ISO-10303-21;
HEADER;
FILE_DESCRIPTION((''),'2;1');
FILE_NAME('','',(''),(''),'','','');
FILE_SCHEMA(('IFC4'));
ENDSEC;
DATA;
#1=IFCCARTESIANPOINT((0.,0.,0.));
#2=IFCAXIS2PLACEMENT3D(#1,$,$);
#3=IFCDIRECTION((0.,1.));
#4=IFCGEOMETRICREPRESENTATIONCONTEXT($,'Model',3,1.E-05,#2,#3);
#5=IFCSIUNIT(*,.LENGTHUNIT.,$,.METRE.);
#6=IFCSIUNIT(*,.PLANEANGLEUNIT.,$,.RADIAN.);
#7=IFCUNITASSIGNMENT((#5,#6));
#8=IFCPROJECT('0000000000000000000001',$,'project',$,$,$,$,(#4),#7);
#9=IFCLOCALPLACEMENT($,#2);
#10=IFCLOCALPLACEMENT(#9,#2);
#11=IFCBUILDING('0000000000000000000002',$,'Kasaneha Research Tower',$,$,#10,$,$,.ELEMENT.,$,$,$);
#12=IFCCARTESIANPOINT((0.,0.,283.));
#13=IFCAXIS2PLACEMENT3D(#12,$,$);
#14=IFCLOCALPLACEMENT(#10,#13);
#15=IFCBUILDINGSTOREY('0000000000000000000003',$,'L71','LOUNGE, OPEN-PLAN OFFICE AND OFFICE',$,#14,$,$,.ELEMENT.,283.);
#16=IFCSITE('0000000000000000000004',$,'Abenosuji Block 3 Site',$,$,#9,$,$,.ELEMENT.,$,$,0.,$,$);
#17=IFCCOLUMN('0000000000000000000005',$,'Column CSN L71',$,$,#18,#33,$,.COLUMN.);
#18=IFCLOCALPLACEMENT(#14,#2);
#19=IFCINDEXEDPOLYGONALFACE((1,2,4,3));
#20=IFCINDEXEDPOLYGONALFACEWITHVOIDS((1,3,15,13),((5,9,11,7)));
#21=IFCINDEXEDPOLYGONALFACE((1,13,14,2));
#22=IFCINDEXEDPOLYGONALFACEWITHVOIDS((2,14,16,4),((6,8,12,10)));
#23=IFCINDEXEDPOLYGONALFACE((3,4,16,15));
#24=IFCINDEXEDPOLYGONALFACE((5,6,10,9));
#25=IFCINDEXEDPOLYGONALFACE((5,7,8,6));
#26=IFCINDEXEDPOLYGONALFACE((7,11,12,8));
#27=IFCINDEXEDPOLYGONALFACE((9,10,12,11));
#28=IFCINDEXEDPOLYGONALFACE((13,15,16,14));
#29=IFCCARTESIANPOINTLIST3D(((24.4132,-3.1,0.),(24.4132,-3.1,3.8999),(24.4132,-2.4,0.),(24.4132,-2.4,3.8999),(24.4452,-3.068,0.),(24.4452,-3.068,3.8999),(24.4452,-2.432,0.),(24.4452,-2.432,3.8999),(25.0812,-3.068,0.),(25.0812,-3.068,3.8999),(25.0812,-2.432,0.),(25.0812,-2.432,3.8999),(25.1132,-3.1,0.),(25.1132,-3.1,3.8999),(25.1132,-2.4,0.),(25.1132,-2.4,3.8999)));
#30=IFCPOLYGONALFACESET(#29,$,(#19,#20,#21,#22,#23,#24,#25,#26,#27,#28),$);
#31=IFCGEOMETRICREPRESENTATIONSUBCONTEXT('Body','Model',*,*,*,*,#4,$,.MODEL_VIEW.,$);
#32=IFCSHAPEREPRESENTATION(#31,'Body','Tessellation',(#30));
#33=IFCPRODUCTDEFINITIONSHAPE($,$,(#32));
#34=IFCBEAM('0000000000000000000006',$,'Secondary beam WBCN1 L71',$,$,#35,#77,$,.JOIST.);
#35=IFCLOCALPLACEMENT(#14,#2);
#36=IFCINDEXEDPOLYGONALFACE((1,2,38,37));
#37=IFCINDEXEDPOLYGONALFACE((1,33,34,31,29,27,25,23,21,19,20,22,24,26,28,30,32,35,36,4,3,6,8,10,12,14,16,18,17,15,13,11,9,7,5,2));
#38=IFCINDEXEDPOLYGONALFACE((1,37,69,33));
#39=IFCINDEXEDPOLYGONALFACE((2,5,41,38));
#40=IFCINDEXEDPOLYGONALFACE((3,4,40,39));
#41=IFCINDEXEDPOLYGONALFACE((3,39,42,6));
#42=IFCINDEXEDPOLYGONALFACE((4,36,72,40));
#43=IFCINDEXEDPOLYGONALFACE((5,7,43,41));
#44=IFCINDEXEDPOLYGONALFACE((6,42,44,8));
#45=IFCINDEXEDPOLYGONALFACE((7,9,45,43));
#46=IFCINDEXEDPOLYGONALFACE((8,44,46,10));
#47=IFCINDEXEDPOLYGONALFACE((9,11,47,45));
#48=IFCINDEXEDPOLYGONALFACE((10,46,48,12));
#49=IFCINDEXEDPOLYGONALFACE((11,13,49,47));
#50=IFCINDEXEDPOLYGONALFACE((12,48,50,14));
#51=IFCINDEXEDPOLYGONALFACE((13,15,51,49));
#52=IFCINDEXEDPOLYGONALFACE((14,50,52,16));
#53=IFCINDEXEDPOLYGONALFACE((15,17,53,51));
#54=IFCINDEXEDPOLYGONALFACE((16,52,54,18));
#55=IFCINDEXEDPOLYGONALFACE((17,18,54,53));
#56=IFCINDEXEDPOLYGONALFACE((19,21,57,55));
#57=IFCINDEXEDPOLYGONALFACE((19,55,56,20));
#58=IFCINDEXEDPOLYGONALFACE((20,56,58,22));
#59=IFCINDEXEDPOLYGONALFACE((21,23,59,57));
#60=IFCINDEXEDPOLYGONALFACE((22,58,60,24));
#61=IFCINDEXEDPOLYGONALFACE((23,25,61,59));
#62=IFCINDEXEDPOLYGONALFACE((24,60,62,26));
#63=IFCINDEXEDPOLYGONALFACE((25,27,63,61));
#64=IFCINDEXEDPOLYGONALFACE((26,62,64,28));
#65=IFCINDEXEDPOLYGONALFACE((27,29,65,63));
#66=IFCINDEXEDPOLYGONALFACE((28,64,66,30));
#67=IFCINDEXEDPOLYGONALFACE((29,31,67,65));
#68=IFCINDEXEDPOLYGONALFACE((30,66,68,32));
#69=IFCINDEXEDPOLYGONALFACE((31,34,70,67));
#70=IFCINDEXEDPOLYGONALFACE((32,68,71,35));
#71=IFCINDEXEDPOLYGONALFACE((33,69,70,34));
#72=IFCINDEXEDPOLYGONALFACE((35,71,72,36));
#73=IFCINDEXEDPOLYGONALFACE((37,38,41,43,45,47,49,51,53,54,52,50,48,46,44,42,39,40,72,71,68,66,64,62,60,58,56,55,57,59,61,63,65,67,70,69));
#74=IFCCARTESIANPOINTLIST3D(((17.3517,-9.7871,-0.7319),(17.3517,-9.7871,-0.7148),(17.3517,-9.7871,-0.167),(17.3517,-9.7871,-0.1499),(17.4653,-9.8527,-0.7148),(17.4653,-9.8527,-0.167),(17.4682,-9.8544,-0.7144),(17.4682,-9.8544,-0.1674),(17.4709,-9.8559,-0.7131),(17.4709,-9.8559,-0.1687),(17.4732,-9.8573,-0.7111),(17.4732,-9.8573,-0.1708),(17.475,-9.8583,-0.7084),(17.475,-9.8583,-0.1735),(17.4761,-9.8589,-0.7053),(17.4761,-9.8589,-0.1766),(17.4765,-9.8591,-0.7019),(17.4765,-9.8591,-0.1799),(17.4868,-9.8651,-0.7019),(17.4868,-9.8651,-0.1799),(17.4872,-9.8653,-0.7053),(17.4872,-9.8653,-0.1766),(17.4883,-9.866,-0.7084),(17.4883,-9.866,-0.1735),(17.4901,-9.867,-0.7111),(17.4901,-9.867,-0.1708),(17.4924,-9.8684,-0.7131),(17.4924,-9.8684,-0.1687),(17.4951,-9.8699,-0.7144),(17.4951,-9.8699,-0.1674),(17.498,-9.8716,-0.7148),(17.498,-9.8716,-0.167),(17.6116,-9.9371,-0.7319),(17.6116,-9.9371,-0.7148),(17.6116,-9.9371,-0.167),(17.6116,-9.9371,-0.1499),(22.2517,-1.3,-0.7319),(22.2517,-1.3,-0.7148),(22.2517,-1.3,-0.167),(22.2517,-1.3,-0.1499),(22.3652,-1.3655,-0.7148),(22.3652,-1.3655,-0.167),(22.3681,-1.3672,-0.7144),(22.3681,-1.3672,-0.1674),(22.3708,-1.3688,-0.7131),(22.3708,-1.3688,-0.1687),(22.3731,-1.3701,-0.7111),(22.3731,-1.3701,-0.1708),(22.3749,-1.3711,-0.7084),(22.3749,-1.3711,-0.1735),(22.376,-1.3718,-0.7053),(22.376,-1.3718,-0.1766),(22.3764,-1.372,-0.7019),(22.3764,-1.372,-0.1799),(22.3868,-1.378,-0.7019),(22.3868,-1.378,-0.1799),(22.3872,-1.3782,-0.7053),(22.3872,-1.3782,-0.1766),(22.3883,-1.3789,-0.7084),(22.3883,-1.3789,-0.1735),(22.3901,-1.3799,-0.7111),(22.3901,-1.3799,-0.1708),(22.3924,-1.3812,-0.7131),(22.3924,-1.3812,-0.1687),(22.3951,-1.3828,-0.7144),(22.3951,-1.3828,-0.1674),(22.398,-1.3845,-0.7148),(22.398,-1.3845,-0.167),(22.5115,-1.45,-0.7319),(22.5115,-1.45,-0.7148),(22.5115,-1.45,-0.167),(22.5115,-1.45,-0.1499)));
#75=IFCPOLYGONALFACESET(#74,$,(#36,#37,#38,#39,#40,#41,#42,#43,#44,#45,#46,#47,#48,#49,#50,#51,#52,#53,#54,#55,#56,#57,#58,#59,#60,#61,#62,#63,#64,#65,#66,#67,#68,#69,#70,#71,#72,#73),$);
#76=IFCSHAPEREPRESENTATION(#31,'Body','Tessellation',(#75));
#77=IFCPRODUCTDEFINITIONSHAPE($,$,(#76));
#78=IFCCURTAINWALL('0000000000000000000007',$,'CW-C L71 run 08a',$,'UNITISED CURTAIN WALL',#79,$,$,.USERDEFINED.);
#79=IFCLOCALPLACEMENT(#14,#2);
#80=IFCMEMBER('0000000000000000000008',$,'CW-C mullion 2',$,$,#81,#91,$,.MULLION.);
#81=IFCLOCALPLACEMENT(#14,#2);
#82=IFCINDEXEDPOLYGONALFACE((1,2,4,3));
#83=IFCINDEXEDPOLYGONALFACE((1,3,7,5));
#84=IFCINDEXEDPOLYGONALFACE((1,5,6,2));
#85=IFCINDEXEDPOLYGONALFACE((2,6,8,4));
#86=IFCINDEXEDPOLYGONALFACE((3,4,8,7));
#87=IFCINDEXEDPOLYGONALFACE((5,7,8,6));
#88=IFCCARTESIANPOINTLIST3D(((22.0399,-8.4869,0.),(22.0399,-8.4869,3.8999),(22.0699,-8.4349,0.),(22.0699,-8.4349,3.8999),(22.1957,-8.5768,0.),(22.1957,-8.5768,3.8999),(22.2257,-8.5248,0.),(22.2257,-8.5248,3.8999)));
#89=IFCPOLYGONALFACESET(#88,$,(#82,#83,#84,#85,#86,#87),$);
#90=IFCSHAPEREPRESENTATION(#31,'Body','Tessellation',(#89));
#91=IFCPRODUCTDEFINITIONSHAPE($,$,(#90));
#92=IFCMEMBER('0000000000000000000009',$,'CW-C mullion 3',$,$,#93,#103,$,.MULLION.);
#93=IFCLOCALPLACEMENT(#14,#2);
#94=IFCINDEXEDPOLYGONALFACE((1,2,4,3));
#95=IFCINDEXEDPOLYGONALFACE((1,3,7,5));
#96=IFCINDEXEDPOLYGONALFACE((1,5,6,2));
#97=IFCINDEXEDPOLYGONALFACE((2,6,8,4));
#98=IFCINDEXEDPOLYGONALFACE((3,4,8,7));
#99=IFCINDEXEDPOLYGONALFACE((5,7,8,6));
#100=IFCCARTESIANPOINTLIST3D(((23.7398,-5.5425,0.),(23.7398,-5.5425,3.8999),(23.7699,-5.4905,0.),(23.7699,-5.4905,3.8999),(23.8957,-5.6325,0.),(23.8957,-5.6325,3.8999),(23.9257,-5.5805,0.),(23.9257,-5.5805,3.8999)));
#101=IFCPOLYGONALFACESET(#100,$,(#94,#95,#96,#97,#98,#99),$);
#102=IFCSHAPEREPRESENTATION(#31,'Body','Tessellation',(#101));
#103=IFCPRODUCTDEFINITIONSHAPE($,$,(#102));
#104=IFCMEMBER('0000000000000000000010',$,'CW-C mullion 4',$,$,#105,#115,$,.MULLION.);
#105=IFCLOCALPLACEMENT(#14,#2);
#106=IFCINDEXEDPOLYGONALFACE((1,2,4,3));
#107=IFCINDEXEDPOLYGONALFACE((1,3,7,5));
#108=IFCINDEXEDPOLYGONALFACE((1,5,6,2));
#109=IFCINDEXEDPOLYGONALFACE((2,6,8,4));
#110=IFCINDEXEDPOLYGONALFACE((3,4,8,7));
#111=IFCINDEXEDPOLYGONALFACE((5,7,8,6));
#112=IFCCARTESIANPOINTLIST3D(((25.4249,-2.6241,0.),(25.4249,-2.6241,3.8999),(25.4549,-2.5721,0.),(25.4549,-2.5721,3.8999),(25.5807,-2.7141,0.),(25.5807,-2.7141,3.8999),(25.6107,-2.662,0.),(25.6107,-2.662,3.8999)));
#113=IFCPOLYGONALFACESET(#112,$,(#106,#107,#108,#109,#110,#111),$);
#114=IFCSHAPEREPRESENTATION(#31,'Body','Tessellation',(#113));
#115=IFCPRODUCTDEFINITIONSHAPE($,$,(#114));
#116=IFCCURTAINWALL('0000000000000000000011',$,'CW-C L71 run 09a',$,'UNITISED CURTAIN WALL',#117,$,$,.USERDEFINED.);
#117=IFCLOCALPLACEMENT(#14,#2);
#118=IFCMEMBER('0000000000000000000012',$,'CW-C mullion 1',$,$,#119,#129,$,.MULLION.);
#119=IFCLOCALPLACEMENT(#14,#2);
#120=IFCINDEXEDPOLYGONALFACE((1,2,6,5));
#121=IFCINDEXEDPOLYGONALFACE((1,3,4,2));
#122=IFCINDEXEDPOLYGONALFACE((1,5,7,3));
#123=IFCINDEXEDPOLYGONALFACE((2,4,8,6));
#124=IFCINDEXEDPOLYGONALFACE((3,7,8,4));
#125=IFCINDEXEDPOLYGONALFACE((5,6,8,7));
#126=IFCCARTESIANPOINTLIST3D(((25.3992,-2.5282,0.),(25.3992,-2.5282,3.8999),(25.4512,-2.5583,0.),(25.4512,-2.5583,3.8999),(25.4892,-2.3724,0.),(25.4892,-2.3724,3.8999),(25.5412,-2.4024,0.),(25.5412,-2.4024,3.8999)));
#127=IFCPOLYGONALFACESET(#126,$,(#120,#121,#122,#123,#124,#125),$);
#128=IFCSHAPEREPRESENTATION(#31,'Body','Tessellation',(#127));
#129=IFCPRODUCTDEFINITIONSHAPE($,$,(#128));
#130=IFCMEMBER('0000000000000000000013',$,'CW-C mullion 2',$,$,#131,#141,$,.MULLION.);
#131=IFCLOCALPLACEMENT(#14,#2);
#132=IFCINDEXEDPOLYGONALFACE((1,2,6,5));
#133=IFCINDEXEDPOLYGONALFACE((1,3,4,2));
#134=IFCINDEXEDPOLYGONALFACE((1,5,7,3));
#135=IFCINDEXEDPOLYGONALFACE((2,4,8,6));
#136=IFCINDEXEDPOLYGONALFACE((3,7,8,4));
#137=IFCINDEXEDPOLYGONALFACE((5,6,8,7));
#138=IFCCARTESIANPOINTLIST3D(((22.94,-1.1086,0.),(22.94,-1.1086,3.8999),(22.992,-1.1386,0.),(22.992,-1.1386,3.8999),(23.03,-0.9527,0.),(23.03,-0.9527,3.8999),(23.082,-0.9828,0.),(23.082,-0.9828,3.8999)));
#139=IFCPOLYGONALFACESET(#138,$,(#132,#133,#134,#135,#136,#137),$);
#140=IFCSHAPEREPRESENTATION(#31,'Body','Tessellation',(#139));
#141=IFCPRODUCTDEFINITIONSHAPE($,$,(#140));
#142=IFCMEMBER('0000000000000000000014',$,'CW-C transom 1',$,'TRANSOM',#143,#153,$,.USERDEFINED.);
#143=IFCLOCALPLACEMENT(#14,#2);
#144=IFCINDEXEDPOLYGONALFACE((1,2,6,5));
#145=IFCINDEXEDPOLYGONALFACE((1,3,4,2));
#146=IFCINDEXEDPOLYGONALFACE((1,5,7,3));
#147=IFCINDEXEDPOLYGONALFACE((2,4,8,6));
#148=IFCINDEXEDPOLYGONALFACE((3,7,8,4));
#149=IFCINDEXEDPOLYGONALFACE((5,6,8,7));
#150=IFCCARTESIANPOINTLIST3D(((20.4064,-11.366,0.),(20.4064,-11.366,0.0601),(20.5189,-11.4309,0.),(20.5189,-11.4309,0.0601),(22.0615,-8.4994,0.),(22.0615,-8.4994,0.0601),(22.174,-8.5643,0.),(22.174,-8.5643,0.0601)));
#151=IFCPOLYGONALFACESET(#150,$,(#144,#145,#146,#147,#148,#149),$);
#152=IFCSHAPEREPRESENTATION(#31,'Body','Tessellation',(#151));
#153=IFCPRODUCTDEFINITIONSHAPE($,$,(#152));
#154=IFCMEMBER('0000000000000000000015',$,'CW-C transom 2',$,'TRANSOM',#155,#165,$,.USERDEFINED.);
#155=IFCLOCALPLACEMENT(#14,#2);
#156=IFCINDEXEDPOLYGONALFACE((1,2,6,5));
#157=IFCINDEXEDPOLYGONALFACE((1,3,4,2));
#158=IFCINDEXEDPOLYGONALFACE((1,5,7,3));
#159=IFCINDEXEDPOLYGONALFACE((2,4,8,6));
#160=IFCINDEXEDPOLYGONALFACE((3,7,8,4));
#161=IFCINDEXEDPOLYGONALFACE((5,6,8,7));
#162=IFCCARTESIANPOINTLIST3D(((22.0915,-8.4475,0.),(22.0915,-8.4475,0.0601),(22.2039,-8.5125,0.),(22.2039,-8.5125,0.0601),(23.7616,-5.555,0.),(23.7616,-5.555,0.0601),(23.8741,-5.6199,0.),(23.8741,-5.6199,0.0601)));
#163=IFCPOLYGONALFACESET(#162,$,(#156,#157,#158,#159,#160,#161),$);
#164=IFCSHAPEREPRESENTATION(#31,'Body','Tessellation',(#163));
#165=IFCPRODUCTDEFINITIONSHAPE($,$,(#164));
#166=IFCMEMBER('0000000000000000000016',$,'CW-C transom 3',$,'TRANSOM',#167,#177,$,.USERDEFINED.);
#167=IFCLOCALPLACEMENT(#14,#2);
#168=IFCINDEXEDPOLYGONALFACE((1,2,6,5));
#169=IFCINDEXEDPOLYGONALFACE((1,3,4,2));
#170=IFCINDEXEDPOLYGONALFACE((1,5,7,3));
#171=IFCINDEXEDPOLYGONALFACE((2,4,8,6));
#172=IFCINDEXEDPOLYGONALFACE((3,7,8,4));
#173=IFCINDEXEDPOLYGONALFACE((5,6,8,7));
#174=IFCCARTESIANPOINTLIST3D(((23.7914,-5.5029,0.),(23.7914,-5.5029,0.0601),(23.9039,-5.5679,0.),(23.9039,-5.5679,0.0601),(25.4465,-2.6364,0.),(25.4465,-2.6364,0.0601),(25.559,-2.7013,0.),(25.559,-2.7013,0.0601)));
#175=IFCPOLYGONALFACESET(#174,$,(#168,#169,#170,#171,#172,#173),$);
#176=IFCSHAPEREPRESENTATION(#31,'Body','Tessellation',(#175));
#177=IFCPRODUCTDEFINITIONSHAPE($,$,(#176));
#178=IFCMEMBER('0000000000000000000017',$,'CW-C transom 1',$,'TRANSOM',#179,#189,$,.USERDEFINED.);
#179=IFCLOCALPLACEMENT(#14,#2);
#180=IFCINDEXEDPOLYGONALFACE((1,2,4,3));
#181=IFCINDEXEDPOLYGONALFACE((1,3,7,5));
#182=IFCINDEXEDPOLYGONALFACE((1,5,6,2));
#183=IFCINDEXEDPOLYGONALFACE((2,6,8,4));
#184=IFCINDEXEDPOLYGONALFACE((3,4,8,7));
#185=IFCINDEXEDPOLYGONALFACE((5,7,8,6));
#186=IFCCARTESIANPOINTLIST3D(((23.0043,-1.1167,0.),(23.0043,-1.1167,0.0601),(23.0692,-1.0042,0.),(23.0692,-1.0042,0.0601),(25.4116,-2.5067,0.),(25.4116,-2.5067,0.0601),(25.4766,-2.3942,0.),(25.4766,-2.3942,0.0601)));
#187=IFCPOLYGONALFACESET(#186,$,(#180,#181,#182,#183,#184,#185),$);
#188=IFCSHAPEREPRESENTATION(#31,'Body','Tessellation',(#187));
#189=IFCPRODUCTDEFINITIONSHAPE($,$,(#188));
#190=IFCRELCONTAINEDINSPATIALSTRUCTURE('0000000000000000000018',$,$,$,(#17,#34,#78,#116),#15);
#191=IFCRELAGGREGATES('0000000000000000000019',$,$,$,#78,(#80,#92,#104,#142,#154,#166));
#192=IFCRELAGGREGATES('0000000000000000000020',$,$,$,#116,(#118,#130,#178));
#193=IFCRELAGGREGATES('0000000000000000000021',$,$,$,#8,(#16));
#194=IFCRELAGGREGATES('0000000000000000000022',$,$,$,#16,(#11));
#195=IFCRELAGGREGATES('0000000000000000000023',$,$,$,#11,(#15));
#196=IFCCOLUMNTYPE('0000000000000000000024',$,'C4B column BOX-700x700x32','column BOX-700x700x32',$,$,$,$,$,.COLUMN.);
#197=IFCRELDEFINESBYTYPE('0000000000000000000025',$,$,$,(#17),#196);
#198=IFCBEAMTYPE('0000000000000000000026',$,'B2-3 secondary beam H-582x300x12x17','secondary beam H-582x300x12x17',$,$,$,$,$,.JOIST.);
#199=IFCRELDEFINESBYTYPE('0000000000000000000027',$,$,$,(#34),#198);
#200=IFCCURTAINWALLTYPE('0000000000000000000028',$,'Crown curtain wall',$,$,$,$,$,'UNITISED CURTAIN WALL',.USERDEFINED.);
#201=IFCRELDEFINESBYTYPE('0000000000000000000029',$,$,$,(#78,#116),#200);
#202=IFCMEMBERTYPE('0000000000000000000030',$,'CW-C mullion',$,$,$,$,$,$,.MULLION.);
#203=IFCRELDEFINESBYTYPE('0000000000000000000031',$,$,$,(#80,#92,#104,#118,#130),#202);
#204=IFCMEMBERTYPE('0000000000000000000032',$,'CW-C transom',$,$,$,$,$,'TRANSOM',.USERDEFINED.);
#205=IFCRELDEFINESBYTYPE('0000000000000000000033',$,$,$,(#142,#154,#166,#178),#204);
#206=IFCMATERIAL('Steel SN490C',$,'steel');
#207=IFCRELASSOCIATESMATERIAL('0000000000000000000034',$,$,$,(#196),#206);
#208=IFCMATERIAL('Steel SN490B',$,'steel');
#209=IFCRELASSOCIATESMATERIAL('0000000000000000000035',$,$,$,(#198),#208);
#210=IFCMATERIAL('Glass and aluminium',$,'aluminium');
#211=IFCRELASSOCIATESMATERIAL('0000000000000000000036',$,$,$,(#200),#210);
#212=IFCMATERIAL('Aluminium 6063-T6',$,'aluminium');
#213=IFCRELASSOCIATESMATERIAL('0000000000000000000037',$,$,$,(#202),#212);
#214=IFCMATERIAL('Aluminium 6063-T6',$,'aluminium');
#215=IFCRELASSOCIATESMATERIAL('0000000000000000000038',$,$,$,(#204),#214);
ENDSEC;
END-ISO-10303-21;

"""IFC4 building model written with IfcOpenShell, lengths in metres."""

from ifc_helpers import new_model, si_unit, direction, frame, origin, origin_2d, place, context, subcontext, project, spatial, rectangle, hollow_rectangle, i_section, extrude, material, material_profile, profile_set, type_object, element, aggregate, save


model = new_model("IFC4")

# Units and contexts
model_context = context("Model", 3, precision=1e-05, world=origin(), true_north=direction((0.0, 1.0)))
body_context = subcontext(model_context, "Body", "Model", "MODEL_VIEW")
ifc_project = project(units=[si_unit("LENGTHUNIT", "METRE"), si_unit("PLANEANGLEUNIT", "RADIAN")], contexts=[model_context])

# Site, building, storey
site_placement = place(None, origin())
site = spatial("IfcSite", under=ifc_project, at=site_placement, Name="Abenosuji Block 3 Site", CompositionType="ELEMENT", RefElevation=0.0)
building_placement = place(site_placement, origin())
building = spatial("IfcBuilding", under=site, at=building_placement, Name="Kasaneha Research Tower", CompositionType="ELEMENT")
storey_placement = place(building_placement, frame((0.0, 0.0, 283.0)))
storey = spatial("IfcBuildingStorey", under=building, at=storey_placement, Name="L71", Description="LOUNGE, OPEN-PLAN OFFICE AND OFFICE", CompositionType="ELEMENT", Elevation=283.0)

# Column
ifc_material_1 = material(Name="Steel SN490C", Category="steel")
ifc_material_profile_1 = material_profile(ifc_material_1, hollow_rectangle(XDim=0.7, YDim=0.7, WallThickness=0.032, at=origin_2d()), Name="BOX-700x700x32")
ifc_profile_set_1 = profile_set([ifc_material_profile_1], Name="Steel SN490C")
column_type = type_object("IfcColumnType", Name="C4B column BOX-700x700x32", Description="column BOX-700x700x32", PredefinedType="COLUMN", material=ifc_profile_set_1)
column_placement = place(storey_placement, frame((24.7632, -2.75, 0.0), z_axis=(0.0, 0.0, 1.0), x_axis=(1.0, 0.0, 0.0)))
element("IfcColumn", 1, at=column_placement, inside=storey, type_object=column_type, Name="Column CSN L71", PredefinedType="COLUMN", context=body_context, shape_type="SweptSolid", body=[
    extrude(hollow_rectangle(XDim=0.7, YDim=0.7, WallThickness=0.032, at=origin_2d()), origin(), (0.0, 0.0, 1.0), 3.8999),
])

# Beam
ifc_material_2 = material(Name="Steel SN490B", Category="steel")
ifc_material_profile_2 = material_profile(ifc_material_2, i_section(OverallWidth=0.3, OverallDepth=0.582, WebThickness=0.012, FlangeThickness=0.0171, FilletRadius=0.0129, at=origin_2d()), Name="H-582x300x12x17")
ifc_profile_set_2 = profile_set([ifc_material_profile_2], Name="Steel SN490B")
beam_type_1 = type_object("IfcBeamType", Name="B2-3 secondary beam H-582x300x12x17", Description="secondary beam H-582x300x12x17", PredefinedType="JOIST", material=ifc_profile_set_2)
beam_1_placement = place(storey_placement, frame((22.3816, -1.375, -0.4409), z_axis=(-0.499992, -0.86603, 0.0), x_axis=(0.86603, -0.499992, 0.0)))
element("IfcBeam", 2, at=beam_1_placement, inside=storey, type_object=beam_type_1, Name="Secondary beam WBCN1 L71", PredefinedType="JOIST", context=body_context, shape_type="SweptSolid", body=[
    extrude(i_section(OverallWidth=0.3, OverallDepth=0.582, WebThickness=0.012, FlangeThickness=0.0171, FilletRadius=0.0129, at=origin_2d()), origin(), (0.0, 0.0, 1.0), 9.8),
])

# Curtain walls, members
ifc_material_3 = material(Name="Glass and aluminium", Category="aluminium")
curtain_wall_type = type_object("IfcCurtainWallType", Name="Crown curtain wall", ElementType="UNITISED CURTAIN WALL", PredefinedType="USERDEFINED", material=ifc_material_3)
curtain_wall_1_placement = place(storey_placement, origin())
curtain_wall_1 = element("IfcCurtainWall", 3, at=curtain_wall_1_placement, inside=storey, type_object=curtain_wall_type, Name="CW-C L71 run 08a", ObjectType="UNITISED CURTAIN WALL", PredefinedType="USERDEFINED")
ifc_material_4 = material(Name="Aluminium 6063-T6", Category="aluminium")
ifc_material_profile_3 = material_profile(ifc_material_4, rectangle(XDim=0.0601, YDim=0.1799, at=origin_2d()), Name="CW-C mullion 60x180")
ifc_profile_set_3 = profile_set([ifc_material_profile_3], Name="Aluminium 6063-T6")
member_type_1 = type_object("IfcMemberType", Name="CW-C mullion", PredefinedType="MULLION", material=ifc_profile_set_3)
member_1_placement = place(storey_placement, frame((22.1328, -8.5059, 0.0), z_axis=(0.0, 0.0, 1.0), x_axis=(0.5, 0.866025, 0.0)))
member_1 = element("IfcMember", 4, at=member_1_placement, type_object=member_type_1, Name="CW-C mullion 2", PredefinedType="MULLION", context=body_context, shape_type="SweptSolid", body=[
    extrude(rectangle(XDim=0.0601, YDim=0.1799, at=origin_2d()), origin(), (0.0, 0.0, 1.0), 3.8999),
])
member_2_placement = place(storey_placement, frame((23.8328, -5.5615, 0.0), z_axis=(0.0, 0.0, 1.0), x_axis=(0.5, 0.866025, 0.0)))
member_2 = element("IfcMember", 5, at=member_2_placement, type_object=member_type_1, Name="CW-C mullion 3", PredefinedType="MULLION", context=body_context, shape_type="SweptSolid", body=[
    extrude(rectangle(XDim=0.0601, YDim=0.1799, at=origin_2d()), origin(), (0.0, 0.0, 1.0), 3.8999),
])
member_3_placement = place(storey_placement, frame((25.5178, -2.6431, 0.0), z_axis=(0.0, 0.0, 1.0), x_axis=(0.5, 0.866025, 0.0)))
member_3 = element("IfcMember", 6, at=member_3_placement, type_object=member_type_1, Name="CW-C mullion 4", PredefinedType="MULLION", context=body_context, shape_type="SweptSolid", body=[
    extrude(rectangle(XDim=0.0601, YDim=0.1799, at=origin_2d()), origin(), (0.0, 0.0, 1.0), 3.8999),
])
curtain_wall_2_placement = place(storey_placement, origin())
curtain_wall_2 = element("IfcCurtainWall", 7, at=curtain_wall_2_placement, inside=storey, type_object=curtain_wall_type, Name="CW-C L71 run 09a", ObjectType="UNITISED CURTAIN WALL", PredefinedType="USERDEFINED")
member_4_placement = place(storey_placement, frame((25.4702, -2.4653, 0.0), z_axis=(0.0, 0.0, 1.0), x_axis=(-0.866025, 0.5, 0.0)))
member_4 = element("IfcMember", 8, at=member_4_placement, type_object=member_type_1, Name="CW-C mullion 1", PredefinedType="MULLION", context=body_context, shape_type="SweptSolid", body=[
    extrude(rectangle(XDim=0.0601, YDim=0.1799, at=origin_2d()), origin(), (0.0, 0.0, 1.0), 3.8999),
])
member_5_placement = place(storey_placement, frame((23.011, -1.0457, 0.0), z_axis=(0.0, 0.0, 1.0), x_axis=(-0.866025, 0.5, 0.0)))
member_5 = element("IfcMember", 9, at=member_5_placement, type_object=member_type_1, Name="CW-C mullion 2", PredefinedType="MULLION", context=body_context, shape_type="SweptSolid", body=[
    extrude(rectangle(XDim=0.0601, YDim=0.1799, at=origin_2d()), origin(), (0.0, 0.0, 1.0), 3.8999),
])

# Members
ifc_material_5 = material(Name="Aluminium 6063-T6", Category="aluminium")
ifc_material_profile_4 = material_profile(ifc_material_5, rectangle(XDim=0.1299, YDim=0.0601, at=origin_2d()), Name="CW-C transom 130x60")
ifc_profile_set_4 = profile_set([ifc_material_profile_4], Name="Aluminium 6063-T6")
member_type_2 = type_object("IfcMemberType", Name="CW-C transom", ElementType="TRANSOM", PredefinedType="USERDEFINED", material=ifc_profile_set_4)
member_6_placement = place(storey_placement, frame((20.4626, -11.3984, 0.03), z_axis=(0.500018, 0.866015, 0.0), x_axis=(-0.866015, 0.500018, 0.0)))
member_6 = element("IfcMember", 10, at=member_6_placement, type_object=member_type_2, Name="CW-C transom 1", ObjectType="TRANSOM", PredefinedType="USERDEFINED", context=body_context, shape_type="SweptSolid", body=[
    extrude(rectangle(XDim=0.1299, YDim=0.0601, at=origin_2d()), origin(), (0.0, 0.0, 1.0), 3.3101),
])
member_7_placement = place(storey_placement, frame((22.1477, -8.48, 0.03), z_axis=(0.50003, 0.866008, 0.0), x_axis=(-0.866008, 0.50003, 0.0)))
member_7 = element("IfcMember", 11, at=member_7_placement, type_object=member_type_2, Name="CW-C transom 2", ObjectType="TRANSOM", PredefinedType="USERDEFINED", context=body_context, shape_type="SweptSolid", body=[
    extrude(rectangle(XDim=0.1299, YDim=0.0601, at=origin_2d()), origin(), (0.0, 0.0, 1.0), 3.3401),
])
member_8_placement = place(storey_placement, frame((23.8477, -5.5354, 0.03), z_axis=(0.500018, 0.866015, 0.0), x_axis=(-0.866015, 0.500018, 0.0)))
member_8 = element("IfcMember", 12, at=member_8_placement, type_object=member_type_2, Name="CW-C transom 3", ObjectType="TRANSOM", PredefinedType="USERDEFINED", context=body_context, shape_type="SweptSolid", body=[
    extrude(rectangle(XDim=0.1299, YDim=0.0601, at=origin_2d()), origin(), (0.0, 0.0, 1.0), 3.3101),
])
member_9_placement = place(storey_placement, frame((25.4441, -2.4504, 0.03), z_axis=(-0.866013, 0.500021, 0.0), x_axis=(-0.500021, -0.866013, 0.0)))
member_9 = element("IfcMember", 13, at=member_9_placement, type_object=member_type_2, Name="CW-C transom 1", ObjectType="TRANSOM", PredefinedType="USERDEFINED", context=body_context, shape_type="SweptSolid", body=[
    extrude(rectangle(XDim=0.1299, YDim=0.0601, at=origin_2d()), origin(), (0.0, 0.0, 1.0), 2.7798),
])

aggregate(curtain_wall_1, [member_1, member_2, member_3, member_6, member_7, member_8])
aggregate(curtain_wall_2, [member_4, member_5, member_9])

save(model, "model.ifc")
